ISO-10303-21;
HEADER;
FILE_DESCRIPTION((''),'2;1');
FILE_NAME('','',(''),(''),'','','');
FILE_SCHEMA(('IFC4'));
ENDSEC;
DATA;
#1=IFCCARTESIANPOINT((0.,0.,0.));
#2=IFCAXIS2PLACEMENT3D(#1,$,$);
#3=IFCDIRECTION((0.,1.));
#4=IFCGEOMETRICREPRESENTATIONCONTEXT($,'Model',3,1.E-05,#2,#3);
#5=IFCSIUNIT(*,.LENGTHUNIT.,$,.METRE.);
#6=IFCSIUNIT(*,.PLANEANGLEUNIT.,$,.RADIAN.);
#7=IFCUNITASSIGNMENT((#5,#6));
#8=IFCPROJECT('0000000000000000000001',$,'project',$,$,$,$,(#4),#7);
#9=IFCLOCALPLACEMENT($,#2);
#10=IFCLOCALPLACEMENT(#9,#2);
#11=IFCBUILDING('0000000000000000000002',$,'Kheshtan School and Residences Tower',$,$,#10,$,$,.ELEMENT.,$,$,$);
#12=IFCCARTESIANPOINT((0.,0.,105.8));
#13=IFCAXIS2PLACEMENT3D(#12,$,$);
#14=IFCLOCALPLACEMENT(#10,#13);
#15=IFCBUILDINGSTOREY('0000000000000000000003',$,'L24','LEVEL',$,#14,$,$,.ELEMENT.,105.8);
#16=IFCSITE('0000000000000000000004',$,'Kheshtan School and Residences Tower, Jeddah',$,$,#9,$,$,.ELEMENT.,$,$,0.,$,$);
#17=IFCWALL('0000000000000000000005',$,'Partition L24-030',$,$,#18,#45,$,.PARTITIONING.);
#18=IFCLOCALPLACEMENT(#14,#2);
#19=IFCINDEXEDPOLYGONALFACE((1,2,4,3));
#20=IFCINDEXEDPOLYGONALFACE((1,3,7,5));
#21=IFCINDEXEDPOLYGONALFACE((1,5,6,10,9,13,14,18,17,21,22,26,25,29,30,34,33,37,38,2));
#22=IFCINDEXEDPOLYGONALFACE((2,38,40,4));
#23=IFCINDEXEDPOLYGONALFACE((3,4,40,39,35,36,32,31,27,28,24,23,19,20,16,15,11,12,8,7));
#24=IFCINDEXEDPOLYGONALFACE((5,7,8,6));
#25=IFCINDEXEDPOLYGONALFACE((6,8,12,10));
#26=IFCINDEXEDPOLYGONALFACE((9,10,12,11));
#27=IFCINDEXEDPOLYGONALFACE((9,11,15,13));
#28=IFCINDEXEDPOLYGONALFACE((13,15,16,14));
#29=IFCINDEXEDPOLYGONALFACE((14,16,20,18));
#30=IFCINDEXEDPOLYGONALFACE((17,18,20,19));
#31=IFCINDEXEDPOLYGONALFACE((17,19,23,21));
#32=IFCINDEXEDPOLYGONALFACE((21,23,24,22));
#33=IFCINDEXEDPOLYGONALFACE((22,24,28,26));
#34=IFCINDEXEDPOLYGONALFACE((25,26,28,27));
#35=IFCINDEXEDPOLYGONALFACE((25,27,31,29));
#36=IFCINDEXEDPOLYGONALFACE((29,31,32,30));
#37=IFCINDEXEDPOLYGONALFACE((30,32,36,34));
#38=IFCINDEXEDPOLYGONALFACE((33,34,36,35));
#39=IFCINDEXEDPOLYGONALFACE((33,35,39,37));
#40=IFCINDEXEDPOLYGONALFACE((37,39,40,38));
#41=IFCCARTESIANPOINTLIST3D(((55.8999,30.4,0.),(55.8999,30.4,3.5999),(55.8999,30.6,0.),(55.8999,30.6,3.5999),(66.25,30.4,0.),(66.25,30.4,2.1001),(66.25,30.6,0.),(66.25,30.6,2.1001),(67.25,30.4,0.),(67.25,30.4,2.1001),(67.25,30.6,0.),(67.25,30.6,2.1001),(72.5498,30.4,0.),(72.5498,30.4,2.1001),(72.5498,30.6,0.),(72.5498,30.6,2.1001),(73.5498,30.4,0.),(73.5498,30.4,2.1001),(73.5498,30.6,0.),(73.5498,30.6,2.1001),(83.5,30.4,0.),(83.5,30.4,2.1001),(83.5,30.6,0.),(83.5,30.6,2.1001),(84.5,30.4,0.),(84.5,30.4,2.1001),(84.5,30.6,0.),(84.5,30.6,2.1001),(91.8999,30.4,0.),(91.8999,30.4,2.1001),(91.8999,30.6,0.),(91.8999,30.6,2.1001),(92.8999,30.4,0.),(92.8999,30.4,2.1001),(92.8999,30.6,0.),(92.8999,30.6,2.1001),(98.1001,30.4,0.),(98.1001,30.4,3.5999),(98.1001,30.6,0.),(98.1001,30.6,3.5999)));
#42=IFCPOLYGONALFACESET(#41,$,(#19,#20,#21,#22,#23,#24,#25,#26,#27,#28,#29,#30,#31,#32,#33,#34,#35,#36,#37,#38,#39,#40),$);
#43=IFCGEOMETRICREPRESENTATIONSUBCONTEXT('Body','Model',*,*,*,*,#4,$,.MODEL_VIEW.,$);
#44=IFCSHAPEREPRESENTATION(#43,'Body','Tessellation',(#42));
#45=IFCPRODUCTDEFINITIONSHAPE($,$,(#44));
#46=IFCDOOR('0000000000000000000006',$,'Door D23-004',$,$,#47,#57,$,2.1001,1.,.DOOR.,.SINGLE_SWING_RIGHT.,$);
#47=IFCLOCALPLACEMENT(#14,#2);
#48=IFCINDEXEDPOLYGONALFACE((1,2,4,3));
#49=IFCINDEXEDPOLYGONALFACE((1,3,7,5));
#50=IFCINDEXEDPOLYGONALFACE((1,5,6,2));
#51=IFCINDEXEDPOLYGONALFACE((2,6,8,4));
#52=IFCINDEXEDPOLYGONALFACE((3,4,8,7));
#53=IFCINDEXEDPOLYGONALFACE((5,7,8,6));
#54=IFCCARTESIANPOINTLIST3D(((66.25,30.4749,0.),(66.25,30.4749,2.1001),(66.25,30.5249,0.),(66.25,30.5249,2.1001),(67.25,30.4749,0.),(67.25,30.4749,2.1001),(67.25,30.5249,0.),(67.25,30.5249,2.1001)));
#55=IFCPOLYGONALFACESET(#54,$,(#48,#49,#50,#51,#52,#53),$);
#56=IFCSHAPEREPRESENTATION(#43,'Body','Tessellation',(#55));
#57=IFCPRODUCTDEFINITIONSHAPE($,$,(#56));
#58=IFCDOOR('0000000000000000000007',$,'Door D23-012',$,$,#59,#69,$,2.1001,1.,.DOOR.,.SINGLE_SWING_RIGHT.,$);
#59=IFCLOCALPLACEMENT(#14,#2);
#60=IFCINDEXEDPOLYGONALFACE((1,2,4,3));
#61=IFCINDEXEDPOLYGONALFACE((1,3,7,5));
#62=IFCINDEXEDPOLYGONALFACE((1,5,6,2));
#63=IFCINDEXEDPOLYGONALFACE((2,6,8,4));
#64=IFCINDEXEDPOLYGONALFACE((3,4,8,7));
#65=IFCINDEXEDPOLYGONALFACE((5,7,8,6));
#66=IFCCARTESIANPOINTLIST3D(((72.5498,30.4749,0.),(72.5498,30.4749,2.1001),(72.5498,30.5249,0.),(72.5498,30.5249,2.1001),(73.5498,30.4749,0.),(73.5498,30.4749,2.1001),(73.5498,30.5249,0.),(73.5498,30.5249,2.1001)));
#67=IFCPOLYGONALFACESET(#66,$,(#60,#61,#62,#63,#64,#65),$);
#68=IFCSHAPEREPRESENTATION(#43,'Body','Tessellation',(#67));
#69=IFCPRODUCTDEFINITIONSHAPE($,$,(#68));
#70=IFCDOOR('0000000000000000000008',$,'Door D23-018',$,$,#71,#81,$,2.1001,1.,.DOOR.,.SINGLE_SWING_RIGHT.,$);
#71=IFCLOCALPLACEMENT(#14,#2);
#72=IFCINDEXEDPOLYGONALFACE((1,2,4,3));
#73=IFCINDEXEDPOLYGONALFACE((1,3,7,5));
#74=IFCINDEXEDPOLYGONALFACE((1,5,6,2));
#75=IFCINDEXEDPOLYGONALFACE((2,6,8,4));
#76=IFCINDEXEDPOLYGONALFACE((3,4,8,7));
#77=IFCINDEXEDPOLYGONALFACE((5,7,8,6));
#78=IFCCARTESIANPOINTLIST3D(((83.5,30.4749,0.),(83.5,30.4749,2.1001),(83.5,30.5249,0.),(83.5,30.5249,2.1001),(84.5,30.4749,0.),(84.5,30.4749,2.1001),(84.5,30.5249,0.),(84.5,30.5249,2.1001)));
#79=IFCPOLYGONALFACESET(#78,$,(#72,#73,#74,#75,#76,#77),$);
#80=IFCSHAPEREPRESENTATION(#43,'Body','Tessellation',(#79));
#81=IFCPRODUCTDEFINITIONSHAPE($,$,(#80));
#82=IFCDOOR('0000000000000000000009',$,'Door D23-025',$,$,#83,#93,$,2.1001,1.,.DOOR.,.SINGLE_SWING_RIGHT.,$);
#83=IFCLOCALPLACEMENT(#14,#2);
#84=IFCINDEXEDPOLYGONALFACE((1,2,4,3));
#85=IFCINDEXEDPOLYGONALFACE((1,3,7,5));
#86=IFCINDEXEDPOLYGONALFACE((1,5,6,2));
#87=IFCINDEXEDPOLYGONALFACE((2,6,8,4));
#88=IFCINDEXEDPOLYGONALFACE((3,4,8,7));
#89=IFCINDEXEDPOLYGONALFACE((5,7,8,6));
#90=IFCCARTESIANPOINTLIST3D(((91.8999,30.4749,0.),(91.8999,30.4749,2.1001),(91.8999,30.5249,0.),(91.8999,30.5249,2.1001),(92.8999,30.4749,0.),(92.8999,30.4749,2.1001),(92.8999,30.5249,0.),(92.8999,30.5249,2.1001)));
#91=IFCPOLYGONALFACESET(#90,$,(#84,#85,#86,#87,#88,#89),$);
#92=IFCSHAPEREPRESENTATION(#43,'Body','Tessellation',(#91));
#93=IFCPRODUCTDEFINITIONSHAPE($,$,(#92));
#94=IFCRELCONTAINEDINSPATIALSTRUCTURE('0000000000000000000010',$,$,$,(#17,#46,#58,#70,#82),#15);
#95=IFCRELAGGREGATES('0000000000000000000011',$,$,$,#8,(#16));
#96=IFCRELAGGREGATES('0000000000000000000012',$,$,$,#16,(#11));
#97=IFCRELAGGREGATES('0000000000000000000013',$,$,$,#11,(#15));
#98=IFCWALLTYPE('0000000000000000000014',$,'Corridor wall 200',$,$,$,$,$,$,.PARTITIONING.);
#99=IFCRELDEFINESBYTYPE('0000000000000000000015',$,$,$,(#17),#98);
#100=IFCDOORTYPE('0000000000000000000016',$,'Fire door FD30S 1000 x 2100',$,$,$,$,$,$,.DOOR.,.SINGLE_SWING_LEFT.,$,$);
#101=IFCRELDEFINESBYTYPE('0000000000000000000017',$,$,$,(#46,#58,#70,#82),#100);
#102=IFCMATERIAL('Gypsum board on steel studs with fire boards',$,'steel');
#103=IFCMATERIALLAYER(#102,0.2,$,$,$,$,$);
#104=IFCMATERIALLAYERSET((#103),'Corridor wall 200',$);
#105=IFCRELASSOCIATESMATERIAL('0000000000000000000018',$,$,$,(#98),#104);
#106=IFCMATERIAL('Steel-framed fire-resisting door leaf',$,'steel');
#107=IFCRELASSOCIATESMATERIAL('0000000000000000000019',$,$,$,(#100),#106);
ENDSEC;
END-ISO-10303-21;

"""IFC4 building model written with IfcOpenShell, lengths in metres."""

from ifc_helpers import new_model, si_unit, direction, frame, frame_2d, origin, place, context, subcontext, project, spatial, rectangle, extrude, source, transform, mapped, material, layer, layer_set, type_object, element, fill, save


model = new_model("IFC4")

# Units and contexts
model_context = context("Model", 3, precision=1e-05, world=origin(), true_north=direction((0.0, 1.0)))
body_context = subcontext(model_context, "Body", "Model", "MODEL_VIEW")
ifc_project = project(units=[si_unit("LENGTHUNIT", "METRE"), si_unit("PLANEANGLEUNIT", "RADIAN")], contexts=[model_context])

# Site, building, storey
site_placement = place(None, origin())
site = spatial("IfcSite", under=ifc_project, at=site_placement, Name="Kheshtan School and Residences Tower, Jeddah", CompositionType="ELEMENT", RefElevation=0.0)
building_placement = place(site_placement, origin())
building = spatial("IfcBuilding", under=site, at=building_placement, Name="Kheshtan School and Residences Tower", CompositionType="ELEMENT")
storey_placement = place(building_placement, frame((0.0, 0.0, 105.8)))
storey = spatial("IfcBuildingStorey", under=building, at=storey_placement, Name="L24", Description="LEVEL", CompositionType="ELEMENT", Elevation=105.8)

# Wall, openings, doors
ifc_material_1 = material(Name="Gypsum board on steel studs with fire boards", Category="steel")
ifc_layer_1 = layer(ifc_material_1, 0.2)
ifc_layer_set_1 = layer_set([ifc_layer_1], Name="Corridor wall 200")
wall_type_1 = type_object("IfcWallType", Name="Corridor wall 200", PredefinedType="PARTITIONING", material=ifc_layer_set_1)
wall_1_placement = place(storey_placement, frame((55.8999, 30.5, 0.0), z_axis=(0.0, 0.0, 1.0), x_axis=(1.0, 0.0, 0.0)))
wall_1 = element("IfcWall", 1, at=wall_1_placement, inside=storey, type_object=wall_type_1, Name="Partition L24-030", PredefinedType="PARTITIONING", context=body_context, shape_type="SweptSolid", body=[
    extrude(rectangle(XDim=42.2002, YDim=0.2, at=frame_2d((21.1001, 0.0))), origin(), (0.0, 0.0, 1.0), 3.5999),
])
opening_1_placement = place(wall_1_placement, frame((10.3501, 0.0, 0.0)))
opening_1 = element("IfcOpeningElement", 2, at=opening_1_placement, cuts=wall_1, PredefinedType="OPENING", context=body_context, shape_type="SweptSolid", body=[
    extrude(rectangle(XDim=1.0, YDim=2.1001, at=frame_2d((0.5, 1.05))), frame((0.0, 0.1099, 0.0), z_axis=(0.0, -1.0, 0.0), x_axis=(1.0, 0.0, 0.0)), (0.0, 0.0, 1.0), 0.22),
])
opening_2_placement = place(wall_1_placement, frame((16.6499, 0.0, 0.0)))
opening_2 = element("IfcOpeningElement", 3, at=opening_2_placement, cuts=wall_1, PredefinedType="OPENING", context=body_context, shape_type="SweptSolid", body=[
    extrude(rectangle(XDim=1.0, YDim=2.1001, at=frame_2d((0.5, 1.05))), frame((0.0, 0.1099, 0.0), z_axis=(0.0, -1.0, 0.0), x_axis=(1.0, 0.0, 0.0)), (0.0, 0.0, 1.0), 0.22),
])
opening_3_placement = place(wall_1_placement, frame((27.6001, 0.0, 0.0)))
opening_3 = element("IfcOpeningElement", 4, at=opening_3_placement, cuts=wall_1, PredefinedType="OPENING", context=body_context, shape_type="SweptSolid", body=[
    extrude(rectangle(XDim=1.0, YDim=2.1001, at=frame_2d((0.5, 1.05))), frame((0.0, 0.1099, 0.0), z_axis=(0.0, -1.0, 0.0), x_axis=(1.0, 0.0, 0.0)), (0.0, 0.0, 1.0), 0.22),
])
opening_4_placement = place(wall_1_placement, frame((36.0, 0.0, 0.0)))
opening_4 = element("IfcOpeningElement", 5, at=opening_4_placement, cuts=wall_1, PredefinedType="OPENING", context=body_context, shape_type="SweptSolid", body=[
    extrude(rectangle(XDim=1.0, YDim=2.1001, at=frame_2d((0.5, 1.05))), frame((0.0, 0.1099, 0.0), z_axis=(0.0, -1.0, 0.0), x_axis=(1.0, 0.0, 0.0)), (0.0, 0.0, 1.0), 0.22),
])
ifc_material_2 = material(Name="Steel-framed fire-resisting door leaf", Category="steel")
door_type_1 = type_object("IfcDoorType", Name="Fire door FD30S 1000 x 2100", OperationType="SINGLE_SWING_LEFT", PredefinedType="DOOR", material=ifc_material_2)
shared_shape_1 = source(origin(), body_context, "Body", "SweptSolid", [
    extrude(rectangle(XDim=1.0, YDim=2.1001, at=frame_2d((0.5, 1.05))), frame((0.0, 0.0249, 0.0), z_axis=(0.0, -1.0, 0.0), x_axis=(1.0, 0.0, 0.0)), (0.0, 0.0, 1.0), 0.05),
])
door_1_placement = place(opening_1_placement, origin())
door_1 = element("IfcDoor", 6, at=door_1_placement, inside=storey, type_object=door_type_1, Name="Door D23-004", OperationType="SINGLE_SWING_RIGHT", OverallHeight=2.1001, OverallWidth=1.0, PredefinedType="DOOR", context=body_context, shape_type="MappedRepresentation", body=[
    mapped(shared_shape_1, transform((0.0, 0.0, 0.0), x_axis=(1.0, 0.0, 0.0), y_axis=(0.0, 1.0, 0.0), z_axis=(0.0, 0.0, 1.0), scale=1.0)),
])
fill(opening_1, door_1)
door_2_placement = place(opening_2_placement, origin())
door_2 = element("IfcDoor", 7, at=door_2_placement, inside=storey, type_object=door_type_1, Name="Door D23-012", OperationType="SINGLE_SWING_RIGHT", OverallHeight=2.1001, OverallWidth=1.0, PredefinedType="DOOR", context=body_context, shape_type="MappedRepresentation", body=[
    mapped(shared_shape_1, transform((0.0, 0.0, 0.0), x_axis=(1.0, 0.0, 0.0), y_axis=(0.0, 1.0, 0.0), z_axis=(0.0, 0.0, 1.0), scale=1.0)),
])
fill(opening_2, door_2)
door_3_placement = place(opening_3_placement, origin())
door_3 = element("IfcDoor", 8, at=door_3_placement, inside=storey, type_object=door_type_1, Name="Door D23-018", OperationType="SINGLE_SWING_RIGHT", OverallHeight=2.1001, OverallWidth=1.0, PredefinedType="DOOR", context=body_context, shape_type="MappedRepresentation", body=[
    mapped(shared_shape_1, transform((0.0, 0.0, 0.0), x_axis=(1.0, 0.0, 0.0), y_axis=(0.0, 1.0, 0.0), z_axis=(0.0, 0.0, 1.0), scale=1.0)),
])
fill(opening_3, door_3)
door_4_placement = place(opening_4_placement, origin())
door_4 = element("IfcDoor", 9, at=door_4_placement, inside=storey, type_object=door_type_1, Name="Door D23-025", OperationType="SINGLE_SWING_RIGHT", OverallHeight=2.1001, OverallWidth=1.0, PredefinedType="DOOR", context=body_context, shape_type="MappedRepresentation", body=[
    mapped(shared_shape_1, transform((0.0, 0.0, 0.0), x_axis=(1.0, 0.0, 0.0), y_axis=(0.0, 1.0, 0.0), z_axis=(0.0, 0.0, 1.0), scale=1.0)),
])
fill(opening_4, door_4)

save(model, "model.ifc")
